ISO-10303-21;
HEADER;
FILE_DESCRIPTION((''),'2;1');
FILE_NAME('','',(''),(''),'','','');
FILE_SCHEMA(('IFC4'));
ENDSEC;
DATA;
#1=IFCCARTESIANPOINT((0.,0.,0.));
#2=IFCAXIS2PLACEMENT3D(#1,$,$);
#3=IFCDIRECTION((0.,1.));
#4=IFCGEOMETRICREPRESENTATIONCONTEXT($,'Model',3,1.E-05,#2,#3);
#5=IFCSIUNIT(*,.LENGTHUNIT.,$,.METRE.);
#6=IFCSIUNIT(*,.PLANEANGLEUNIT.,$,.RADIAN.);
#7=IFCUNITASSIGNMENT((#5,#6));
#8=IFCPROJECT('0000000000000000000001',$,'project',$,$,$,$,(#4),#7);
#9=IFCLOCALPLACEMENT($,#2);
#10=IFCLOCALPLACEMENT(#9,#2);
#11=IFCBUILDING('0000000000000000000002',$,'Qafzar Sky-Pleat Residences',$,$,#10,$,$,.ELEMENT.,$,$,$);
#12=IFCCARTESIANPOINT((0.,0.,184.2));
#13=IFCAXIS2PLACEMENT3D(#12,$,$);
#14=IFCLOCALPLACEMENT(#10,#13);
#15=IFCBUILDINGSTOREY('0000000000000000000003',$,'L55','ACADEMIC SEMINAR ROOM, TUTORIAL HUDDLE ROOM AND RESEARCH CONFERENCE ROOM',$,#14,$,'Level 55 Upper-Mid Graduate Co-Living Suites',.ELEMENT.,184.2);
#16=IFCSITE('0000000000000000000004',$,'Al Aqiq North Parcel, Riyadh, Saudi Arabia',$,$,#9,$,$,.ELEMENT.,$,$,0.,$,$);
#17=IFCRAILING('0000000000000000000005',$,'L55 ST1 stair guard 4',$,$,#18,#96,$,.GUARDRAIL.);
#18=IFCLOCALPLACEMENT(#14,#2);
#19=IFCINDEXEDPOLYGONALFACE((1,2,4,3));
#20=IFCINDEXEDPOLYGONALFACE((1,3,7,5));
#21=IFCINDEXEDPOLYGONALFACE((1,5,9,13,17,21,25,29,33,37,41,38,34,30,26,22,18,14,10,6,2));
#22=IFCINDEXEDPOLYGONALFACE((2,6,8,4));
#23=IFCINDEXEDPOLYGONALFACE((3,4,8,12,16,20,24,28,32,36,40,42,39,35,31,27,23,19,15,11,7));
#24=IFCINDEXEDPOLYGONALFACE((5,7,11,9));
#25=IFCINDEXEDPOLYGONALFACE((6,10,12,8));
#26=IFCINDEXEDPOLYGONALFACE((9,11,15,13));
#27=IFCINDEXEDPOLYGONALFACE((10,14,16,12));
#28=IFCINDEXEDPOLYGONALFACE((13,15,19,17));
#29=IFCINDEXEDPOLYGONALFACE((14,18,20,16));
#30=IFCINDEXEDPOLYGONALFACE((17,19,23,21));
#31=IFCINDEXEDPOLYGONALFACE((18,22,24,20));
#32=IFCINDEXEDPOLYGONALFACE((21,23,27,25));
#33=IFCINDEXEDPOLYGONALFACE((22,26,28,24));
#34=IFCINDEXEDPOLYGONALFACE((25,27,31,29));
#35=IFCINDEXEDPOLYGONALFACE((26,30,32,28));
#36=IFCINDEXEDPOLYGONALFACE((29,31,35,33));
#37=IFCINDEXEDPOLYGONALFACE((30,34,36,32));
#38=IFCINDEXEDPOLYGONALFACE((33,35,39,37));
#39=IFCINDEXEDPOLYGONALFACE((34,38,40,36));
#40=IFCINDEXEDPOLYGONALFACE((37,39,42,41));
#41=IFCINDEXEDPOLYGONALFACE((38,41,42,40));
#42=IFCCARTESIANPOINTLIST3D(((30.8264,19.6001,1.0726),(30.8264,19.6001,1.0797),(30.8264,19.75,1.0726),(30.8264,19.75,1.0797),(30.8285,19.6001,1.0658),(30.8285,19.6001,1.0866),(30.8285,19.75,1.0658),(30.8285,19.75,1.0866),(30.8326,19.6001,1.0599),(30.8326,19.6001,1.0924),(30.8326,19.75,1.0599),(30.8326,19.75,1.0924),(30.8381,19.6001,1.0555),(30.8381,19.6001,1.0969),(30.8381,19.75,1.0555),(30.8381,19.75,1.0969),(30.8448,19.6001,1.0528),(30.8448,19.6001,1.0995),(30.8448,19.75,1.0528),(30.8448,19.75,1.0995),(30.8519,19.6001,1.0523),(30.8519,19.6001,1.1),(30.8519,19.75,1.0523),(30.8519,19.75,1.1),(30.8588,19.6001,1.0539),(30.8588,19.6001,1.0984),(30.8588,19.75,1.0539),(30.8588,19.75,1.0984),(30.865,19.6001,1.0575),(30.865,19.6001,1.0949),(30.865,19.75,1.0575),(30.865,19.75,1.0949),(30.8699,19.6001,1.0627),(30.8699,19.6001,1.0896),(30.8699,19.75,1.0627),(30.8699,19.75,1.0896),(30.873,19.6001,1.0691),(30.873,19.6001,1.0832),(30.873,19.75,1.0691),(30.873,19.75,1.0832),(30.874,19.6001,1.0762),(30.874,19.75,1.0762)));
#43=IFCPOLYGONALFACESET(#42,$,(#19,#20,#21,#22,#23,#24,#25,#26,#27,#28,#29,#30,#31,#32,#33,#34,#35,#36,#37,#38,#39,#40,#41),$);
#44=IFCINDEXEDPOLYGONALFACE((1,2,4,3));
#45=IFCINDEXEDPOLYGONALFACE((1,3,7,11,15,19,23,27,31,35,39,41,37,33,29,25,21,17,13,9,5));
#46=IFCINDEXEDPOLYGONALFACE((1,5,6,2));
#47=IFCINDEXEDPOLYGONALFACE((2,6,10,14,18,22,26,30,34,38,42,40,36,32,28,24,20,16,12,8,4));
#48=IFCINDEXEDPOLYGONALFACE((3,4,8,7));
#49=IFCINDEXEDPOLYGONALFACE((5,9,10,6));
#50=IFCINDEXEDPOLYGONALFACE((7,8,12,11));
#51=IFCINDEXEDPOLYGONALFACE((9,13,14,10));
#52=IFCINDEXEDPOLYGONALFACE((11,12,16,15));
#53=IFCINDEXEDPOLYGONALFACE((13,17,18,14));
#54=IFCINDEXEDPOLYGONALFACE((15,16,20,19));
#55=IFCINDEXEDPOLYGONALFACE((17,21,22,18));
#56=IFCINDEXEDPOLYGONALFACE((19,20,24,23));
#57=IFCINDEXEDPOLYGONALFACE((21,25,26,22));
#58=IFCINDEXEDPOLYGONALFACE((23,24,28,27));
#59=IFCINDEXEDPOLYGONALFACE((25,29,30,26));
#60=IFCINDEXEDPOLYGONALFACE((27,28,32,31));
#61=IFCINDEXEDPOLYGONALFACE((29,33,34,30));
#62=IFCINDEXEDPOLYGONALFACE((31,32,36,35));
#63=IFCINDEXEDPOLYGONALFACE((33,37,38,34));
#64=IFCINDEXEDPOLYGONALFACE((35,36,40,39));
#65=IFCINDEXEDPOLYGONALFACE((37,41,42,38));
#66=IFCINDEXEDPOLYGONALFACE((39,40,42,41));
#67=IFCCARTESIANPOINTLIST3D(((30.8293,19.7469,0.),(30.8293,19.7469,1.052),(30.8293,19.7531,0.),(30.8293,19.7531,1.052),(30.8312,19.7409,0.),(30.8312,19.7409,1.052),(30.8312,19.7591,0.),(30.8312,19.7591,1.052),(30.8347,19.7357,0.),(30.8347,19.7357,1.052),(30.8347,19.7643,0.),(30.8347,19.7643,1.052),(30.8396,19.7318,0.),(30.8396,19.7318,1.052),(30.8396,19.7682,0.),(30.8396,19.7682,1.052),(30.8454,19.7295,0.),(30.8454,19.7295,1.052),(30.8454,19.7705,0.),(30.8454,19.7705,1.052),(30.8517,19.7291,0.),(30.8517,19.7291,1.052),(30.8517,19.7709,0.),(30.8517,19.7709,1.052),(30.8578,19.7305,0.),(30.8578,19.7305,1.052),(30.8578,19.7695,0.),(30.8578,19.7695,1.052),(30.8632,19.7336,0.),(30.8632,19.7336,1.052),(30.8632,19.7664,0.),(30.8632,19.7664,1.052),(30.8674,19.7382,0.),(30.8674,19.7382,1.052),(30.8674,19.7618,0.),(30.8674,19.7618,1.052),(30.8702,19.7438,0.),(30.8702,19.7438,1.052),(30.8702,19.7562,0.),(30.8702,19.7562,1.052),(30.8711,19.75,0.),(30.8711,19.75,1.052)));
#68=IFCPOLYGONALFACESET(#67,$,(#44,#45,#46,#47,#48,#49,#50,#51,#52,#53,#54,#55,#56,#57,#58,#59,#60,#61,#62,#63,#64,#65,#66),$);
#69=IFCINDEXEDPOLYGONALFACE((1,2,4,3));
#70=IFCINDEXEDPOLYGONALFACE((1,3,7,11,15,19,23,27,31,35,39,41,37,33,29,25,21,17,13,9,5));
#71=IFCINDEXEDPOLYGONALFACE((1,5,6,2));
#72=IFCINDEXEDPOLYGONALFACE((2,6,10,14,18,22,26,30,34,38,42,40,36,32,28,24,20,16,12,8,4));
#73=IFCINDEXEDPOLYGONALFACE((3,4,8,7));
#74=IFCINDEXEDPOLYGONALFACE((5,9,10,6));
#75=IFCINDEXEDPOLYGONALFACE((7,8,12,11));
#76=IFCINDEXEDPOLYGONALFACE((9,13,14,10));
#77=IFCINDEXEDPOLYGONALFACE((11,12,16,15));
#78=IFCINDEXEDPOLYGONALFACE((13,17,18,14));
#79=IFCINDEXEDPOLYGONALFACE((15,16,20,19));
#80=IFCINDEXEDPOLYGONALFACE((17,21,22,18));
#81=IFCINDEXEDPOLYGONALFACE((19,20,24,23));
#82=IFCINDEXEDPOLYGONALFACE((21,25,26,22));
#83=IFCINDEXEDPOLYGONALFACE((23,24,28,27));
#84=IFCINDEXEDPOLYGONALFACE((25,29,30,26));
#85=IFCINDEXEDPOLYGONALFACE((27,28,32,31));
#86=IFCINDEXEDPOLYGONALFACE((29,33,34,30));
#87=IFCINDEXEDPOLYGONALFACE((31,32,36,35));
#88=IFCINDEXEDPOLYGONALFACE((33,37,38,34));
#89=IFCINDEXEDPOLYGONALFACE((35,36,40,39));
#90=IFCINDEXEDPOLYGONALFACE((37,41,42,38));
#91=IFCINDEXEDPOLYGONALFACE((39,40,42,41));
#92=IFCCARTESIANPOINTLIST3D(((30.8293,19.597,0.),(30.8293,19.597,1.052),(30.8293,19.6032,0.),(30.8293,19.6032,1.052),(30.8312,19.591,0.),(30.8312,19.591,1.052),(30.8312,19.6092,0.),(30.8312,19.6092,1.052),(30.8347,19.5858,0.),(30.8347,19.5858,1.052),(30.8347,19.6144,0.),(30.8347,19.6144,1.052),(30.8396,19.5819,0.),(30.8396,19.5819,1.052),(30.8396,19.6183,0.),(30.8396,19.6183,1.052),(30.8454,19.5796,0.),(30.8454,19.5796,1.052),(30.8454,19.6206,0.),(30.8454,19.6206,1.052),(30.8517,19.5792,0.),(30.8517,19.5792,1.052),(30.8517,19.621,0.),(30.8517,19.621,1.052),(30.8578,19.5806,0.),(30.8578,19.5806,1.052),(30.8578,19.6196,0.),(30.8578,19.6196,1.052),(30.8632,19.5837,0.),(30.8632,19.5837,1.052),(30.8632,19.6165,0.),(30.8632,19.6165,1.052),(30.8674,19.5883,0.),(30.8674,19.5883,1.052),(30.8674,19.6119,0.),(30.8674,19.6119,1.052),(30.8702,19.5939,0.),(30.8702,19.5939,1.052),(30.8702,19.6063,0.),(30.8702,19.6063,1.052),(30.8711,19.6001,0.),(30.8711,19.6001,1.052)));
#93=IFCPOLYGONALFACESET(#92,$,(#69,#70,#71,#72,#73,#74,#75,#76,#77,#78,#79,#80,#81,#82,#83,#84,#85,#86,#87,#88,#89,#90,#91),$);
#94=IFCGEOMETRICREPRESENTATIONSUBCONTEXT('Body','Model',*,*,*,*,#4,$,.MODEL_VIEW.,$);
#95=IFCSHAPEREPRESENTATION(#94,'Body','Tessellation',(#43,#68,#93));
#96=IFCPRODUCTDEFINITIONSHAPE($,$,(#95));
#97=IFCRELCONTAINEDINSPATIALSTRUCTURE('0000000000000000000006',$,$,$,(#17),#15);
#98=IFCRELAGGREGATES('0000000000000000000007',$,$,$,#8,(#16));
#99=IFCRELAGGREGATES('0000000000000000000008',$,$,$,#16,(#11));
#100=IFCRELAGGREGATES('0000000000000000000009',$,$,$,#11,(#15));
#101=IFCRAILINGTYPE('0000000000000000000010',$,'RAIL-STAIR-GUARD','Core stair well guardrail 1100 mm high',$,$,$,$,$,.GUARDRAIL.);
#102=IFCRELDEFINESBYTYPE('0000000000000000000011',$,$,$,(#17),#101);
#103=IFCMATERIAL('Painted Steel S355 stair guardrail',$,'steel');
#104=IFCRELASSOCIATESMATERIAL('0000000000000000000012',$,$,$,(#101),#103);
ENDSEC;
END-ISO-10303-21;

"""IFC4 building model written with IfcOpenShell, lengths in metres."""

from ifc_helpers import new_model, si_unit, direction, frame, origin, origin_2d, place, context, subcontext, project, spatial, circle, extrude, source, transform, mapped, material, type_object, element, save


model = new_model("IFC4")

# Units and contexts
model_context = context("Model", 3, precision=1e-05, world=origin(), true_north=direction((0.0, 1.0)))
body_context = subcontext(model_context, "Body", "Model", "MODEL_VIEW")
ifc_project = project(units=[si_unit("LENGTHUNIT", "METRE"), si_unit("PLANEANGLEUNIT", "RADIAN")], contexts=[model_context])

# Site, building, storey
site_placement = place(None, origin())
site = spatial("IfcSite", under=ifc_project, at=site_placement, Name="Al Aqiq North Parcel, Riyadh, Saudi Arabia", CompositionType="ELEMENT", RefElevation=0.0)
building_placement = place(site_placement, origin())
building = spatial("IfcBuilding", under=site, at=building_placement, Name="Qafzar Sky-Pleat Residences", CompositionType="ELEMENT")
storey_placement = place(building_placement, frame((0.0, 0.0, 184.2)))
storey = spatial("IfcBuildingStorey", under=building, at=storey_placement, Name="L55", Description="ACADEMIC SEMINAR ROOM, TUTORIAL HUDDLE ROOM AND RESEARCH CONFERENCE ROOM", LongName="Level 55 Upper-Mid Graduate Co-Living Suites", CompositionType="ELEMENT", Elevation=184.2)

# Railing
ifc_material_1 = material(Name="Painted Steel S355 stair guardrail", Category="steel")
railing_type_1 = type_object("IfcRailingType", Name="RAIL-STAIR-GUARD", Description="Core stair well guardrail 1100 mm high", PredefinedType="GUARDRAIL", material=ifc_material_1)
shared_shape_1 = source(origin(), body_context, "Body", "SweptSolid", [
    extrude(circle(Radius=0.0239, at=origin_2d()), frame((0.0, 0.0, 1.0762), z_axis=(0.0, -1.0, 0.0), x_axis=(1.0, 0.0, 0.0)), (0.0, 0.0, 1.0), 0.1499),
    extrude(circle(Radius=0.021, at=origin_2d()), origin(), (0.0, 0.0, 1.0), 1.052),
    extrude(circle(Radius=0.021, at=origin_2d()), frame((0.0, -0.1499, 0.0)), (0.0, 0.0, 1.0), 1.052),
])
for number, where, name in (
    (1, (30.8501, 19.75, 0.0), "L55 ST1 stair guard 4"),
):
    element("IfcRailing", number, at=place(storey_placement, frame(where)), inside=storey, type_object=railing_type_1, Name=name, PredefinedType="GUARDRAIL", context=body_context, shape_type="MappedRepresentation", body=[
        mapped(shared_shape_1, transform((0.0, 0.0, 0.0), x_axis=(1.0, 0.0, 0.0), y_axis=(0.0, 1.0, 0.0), z_axis=(0.0, 0.0, 1.0), scale=1.0)),
    ])

save(model, "model.ifc")
